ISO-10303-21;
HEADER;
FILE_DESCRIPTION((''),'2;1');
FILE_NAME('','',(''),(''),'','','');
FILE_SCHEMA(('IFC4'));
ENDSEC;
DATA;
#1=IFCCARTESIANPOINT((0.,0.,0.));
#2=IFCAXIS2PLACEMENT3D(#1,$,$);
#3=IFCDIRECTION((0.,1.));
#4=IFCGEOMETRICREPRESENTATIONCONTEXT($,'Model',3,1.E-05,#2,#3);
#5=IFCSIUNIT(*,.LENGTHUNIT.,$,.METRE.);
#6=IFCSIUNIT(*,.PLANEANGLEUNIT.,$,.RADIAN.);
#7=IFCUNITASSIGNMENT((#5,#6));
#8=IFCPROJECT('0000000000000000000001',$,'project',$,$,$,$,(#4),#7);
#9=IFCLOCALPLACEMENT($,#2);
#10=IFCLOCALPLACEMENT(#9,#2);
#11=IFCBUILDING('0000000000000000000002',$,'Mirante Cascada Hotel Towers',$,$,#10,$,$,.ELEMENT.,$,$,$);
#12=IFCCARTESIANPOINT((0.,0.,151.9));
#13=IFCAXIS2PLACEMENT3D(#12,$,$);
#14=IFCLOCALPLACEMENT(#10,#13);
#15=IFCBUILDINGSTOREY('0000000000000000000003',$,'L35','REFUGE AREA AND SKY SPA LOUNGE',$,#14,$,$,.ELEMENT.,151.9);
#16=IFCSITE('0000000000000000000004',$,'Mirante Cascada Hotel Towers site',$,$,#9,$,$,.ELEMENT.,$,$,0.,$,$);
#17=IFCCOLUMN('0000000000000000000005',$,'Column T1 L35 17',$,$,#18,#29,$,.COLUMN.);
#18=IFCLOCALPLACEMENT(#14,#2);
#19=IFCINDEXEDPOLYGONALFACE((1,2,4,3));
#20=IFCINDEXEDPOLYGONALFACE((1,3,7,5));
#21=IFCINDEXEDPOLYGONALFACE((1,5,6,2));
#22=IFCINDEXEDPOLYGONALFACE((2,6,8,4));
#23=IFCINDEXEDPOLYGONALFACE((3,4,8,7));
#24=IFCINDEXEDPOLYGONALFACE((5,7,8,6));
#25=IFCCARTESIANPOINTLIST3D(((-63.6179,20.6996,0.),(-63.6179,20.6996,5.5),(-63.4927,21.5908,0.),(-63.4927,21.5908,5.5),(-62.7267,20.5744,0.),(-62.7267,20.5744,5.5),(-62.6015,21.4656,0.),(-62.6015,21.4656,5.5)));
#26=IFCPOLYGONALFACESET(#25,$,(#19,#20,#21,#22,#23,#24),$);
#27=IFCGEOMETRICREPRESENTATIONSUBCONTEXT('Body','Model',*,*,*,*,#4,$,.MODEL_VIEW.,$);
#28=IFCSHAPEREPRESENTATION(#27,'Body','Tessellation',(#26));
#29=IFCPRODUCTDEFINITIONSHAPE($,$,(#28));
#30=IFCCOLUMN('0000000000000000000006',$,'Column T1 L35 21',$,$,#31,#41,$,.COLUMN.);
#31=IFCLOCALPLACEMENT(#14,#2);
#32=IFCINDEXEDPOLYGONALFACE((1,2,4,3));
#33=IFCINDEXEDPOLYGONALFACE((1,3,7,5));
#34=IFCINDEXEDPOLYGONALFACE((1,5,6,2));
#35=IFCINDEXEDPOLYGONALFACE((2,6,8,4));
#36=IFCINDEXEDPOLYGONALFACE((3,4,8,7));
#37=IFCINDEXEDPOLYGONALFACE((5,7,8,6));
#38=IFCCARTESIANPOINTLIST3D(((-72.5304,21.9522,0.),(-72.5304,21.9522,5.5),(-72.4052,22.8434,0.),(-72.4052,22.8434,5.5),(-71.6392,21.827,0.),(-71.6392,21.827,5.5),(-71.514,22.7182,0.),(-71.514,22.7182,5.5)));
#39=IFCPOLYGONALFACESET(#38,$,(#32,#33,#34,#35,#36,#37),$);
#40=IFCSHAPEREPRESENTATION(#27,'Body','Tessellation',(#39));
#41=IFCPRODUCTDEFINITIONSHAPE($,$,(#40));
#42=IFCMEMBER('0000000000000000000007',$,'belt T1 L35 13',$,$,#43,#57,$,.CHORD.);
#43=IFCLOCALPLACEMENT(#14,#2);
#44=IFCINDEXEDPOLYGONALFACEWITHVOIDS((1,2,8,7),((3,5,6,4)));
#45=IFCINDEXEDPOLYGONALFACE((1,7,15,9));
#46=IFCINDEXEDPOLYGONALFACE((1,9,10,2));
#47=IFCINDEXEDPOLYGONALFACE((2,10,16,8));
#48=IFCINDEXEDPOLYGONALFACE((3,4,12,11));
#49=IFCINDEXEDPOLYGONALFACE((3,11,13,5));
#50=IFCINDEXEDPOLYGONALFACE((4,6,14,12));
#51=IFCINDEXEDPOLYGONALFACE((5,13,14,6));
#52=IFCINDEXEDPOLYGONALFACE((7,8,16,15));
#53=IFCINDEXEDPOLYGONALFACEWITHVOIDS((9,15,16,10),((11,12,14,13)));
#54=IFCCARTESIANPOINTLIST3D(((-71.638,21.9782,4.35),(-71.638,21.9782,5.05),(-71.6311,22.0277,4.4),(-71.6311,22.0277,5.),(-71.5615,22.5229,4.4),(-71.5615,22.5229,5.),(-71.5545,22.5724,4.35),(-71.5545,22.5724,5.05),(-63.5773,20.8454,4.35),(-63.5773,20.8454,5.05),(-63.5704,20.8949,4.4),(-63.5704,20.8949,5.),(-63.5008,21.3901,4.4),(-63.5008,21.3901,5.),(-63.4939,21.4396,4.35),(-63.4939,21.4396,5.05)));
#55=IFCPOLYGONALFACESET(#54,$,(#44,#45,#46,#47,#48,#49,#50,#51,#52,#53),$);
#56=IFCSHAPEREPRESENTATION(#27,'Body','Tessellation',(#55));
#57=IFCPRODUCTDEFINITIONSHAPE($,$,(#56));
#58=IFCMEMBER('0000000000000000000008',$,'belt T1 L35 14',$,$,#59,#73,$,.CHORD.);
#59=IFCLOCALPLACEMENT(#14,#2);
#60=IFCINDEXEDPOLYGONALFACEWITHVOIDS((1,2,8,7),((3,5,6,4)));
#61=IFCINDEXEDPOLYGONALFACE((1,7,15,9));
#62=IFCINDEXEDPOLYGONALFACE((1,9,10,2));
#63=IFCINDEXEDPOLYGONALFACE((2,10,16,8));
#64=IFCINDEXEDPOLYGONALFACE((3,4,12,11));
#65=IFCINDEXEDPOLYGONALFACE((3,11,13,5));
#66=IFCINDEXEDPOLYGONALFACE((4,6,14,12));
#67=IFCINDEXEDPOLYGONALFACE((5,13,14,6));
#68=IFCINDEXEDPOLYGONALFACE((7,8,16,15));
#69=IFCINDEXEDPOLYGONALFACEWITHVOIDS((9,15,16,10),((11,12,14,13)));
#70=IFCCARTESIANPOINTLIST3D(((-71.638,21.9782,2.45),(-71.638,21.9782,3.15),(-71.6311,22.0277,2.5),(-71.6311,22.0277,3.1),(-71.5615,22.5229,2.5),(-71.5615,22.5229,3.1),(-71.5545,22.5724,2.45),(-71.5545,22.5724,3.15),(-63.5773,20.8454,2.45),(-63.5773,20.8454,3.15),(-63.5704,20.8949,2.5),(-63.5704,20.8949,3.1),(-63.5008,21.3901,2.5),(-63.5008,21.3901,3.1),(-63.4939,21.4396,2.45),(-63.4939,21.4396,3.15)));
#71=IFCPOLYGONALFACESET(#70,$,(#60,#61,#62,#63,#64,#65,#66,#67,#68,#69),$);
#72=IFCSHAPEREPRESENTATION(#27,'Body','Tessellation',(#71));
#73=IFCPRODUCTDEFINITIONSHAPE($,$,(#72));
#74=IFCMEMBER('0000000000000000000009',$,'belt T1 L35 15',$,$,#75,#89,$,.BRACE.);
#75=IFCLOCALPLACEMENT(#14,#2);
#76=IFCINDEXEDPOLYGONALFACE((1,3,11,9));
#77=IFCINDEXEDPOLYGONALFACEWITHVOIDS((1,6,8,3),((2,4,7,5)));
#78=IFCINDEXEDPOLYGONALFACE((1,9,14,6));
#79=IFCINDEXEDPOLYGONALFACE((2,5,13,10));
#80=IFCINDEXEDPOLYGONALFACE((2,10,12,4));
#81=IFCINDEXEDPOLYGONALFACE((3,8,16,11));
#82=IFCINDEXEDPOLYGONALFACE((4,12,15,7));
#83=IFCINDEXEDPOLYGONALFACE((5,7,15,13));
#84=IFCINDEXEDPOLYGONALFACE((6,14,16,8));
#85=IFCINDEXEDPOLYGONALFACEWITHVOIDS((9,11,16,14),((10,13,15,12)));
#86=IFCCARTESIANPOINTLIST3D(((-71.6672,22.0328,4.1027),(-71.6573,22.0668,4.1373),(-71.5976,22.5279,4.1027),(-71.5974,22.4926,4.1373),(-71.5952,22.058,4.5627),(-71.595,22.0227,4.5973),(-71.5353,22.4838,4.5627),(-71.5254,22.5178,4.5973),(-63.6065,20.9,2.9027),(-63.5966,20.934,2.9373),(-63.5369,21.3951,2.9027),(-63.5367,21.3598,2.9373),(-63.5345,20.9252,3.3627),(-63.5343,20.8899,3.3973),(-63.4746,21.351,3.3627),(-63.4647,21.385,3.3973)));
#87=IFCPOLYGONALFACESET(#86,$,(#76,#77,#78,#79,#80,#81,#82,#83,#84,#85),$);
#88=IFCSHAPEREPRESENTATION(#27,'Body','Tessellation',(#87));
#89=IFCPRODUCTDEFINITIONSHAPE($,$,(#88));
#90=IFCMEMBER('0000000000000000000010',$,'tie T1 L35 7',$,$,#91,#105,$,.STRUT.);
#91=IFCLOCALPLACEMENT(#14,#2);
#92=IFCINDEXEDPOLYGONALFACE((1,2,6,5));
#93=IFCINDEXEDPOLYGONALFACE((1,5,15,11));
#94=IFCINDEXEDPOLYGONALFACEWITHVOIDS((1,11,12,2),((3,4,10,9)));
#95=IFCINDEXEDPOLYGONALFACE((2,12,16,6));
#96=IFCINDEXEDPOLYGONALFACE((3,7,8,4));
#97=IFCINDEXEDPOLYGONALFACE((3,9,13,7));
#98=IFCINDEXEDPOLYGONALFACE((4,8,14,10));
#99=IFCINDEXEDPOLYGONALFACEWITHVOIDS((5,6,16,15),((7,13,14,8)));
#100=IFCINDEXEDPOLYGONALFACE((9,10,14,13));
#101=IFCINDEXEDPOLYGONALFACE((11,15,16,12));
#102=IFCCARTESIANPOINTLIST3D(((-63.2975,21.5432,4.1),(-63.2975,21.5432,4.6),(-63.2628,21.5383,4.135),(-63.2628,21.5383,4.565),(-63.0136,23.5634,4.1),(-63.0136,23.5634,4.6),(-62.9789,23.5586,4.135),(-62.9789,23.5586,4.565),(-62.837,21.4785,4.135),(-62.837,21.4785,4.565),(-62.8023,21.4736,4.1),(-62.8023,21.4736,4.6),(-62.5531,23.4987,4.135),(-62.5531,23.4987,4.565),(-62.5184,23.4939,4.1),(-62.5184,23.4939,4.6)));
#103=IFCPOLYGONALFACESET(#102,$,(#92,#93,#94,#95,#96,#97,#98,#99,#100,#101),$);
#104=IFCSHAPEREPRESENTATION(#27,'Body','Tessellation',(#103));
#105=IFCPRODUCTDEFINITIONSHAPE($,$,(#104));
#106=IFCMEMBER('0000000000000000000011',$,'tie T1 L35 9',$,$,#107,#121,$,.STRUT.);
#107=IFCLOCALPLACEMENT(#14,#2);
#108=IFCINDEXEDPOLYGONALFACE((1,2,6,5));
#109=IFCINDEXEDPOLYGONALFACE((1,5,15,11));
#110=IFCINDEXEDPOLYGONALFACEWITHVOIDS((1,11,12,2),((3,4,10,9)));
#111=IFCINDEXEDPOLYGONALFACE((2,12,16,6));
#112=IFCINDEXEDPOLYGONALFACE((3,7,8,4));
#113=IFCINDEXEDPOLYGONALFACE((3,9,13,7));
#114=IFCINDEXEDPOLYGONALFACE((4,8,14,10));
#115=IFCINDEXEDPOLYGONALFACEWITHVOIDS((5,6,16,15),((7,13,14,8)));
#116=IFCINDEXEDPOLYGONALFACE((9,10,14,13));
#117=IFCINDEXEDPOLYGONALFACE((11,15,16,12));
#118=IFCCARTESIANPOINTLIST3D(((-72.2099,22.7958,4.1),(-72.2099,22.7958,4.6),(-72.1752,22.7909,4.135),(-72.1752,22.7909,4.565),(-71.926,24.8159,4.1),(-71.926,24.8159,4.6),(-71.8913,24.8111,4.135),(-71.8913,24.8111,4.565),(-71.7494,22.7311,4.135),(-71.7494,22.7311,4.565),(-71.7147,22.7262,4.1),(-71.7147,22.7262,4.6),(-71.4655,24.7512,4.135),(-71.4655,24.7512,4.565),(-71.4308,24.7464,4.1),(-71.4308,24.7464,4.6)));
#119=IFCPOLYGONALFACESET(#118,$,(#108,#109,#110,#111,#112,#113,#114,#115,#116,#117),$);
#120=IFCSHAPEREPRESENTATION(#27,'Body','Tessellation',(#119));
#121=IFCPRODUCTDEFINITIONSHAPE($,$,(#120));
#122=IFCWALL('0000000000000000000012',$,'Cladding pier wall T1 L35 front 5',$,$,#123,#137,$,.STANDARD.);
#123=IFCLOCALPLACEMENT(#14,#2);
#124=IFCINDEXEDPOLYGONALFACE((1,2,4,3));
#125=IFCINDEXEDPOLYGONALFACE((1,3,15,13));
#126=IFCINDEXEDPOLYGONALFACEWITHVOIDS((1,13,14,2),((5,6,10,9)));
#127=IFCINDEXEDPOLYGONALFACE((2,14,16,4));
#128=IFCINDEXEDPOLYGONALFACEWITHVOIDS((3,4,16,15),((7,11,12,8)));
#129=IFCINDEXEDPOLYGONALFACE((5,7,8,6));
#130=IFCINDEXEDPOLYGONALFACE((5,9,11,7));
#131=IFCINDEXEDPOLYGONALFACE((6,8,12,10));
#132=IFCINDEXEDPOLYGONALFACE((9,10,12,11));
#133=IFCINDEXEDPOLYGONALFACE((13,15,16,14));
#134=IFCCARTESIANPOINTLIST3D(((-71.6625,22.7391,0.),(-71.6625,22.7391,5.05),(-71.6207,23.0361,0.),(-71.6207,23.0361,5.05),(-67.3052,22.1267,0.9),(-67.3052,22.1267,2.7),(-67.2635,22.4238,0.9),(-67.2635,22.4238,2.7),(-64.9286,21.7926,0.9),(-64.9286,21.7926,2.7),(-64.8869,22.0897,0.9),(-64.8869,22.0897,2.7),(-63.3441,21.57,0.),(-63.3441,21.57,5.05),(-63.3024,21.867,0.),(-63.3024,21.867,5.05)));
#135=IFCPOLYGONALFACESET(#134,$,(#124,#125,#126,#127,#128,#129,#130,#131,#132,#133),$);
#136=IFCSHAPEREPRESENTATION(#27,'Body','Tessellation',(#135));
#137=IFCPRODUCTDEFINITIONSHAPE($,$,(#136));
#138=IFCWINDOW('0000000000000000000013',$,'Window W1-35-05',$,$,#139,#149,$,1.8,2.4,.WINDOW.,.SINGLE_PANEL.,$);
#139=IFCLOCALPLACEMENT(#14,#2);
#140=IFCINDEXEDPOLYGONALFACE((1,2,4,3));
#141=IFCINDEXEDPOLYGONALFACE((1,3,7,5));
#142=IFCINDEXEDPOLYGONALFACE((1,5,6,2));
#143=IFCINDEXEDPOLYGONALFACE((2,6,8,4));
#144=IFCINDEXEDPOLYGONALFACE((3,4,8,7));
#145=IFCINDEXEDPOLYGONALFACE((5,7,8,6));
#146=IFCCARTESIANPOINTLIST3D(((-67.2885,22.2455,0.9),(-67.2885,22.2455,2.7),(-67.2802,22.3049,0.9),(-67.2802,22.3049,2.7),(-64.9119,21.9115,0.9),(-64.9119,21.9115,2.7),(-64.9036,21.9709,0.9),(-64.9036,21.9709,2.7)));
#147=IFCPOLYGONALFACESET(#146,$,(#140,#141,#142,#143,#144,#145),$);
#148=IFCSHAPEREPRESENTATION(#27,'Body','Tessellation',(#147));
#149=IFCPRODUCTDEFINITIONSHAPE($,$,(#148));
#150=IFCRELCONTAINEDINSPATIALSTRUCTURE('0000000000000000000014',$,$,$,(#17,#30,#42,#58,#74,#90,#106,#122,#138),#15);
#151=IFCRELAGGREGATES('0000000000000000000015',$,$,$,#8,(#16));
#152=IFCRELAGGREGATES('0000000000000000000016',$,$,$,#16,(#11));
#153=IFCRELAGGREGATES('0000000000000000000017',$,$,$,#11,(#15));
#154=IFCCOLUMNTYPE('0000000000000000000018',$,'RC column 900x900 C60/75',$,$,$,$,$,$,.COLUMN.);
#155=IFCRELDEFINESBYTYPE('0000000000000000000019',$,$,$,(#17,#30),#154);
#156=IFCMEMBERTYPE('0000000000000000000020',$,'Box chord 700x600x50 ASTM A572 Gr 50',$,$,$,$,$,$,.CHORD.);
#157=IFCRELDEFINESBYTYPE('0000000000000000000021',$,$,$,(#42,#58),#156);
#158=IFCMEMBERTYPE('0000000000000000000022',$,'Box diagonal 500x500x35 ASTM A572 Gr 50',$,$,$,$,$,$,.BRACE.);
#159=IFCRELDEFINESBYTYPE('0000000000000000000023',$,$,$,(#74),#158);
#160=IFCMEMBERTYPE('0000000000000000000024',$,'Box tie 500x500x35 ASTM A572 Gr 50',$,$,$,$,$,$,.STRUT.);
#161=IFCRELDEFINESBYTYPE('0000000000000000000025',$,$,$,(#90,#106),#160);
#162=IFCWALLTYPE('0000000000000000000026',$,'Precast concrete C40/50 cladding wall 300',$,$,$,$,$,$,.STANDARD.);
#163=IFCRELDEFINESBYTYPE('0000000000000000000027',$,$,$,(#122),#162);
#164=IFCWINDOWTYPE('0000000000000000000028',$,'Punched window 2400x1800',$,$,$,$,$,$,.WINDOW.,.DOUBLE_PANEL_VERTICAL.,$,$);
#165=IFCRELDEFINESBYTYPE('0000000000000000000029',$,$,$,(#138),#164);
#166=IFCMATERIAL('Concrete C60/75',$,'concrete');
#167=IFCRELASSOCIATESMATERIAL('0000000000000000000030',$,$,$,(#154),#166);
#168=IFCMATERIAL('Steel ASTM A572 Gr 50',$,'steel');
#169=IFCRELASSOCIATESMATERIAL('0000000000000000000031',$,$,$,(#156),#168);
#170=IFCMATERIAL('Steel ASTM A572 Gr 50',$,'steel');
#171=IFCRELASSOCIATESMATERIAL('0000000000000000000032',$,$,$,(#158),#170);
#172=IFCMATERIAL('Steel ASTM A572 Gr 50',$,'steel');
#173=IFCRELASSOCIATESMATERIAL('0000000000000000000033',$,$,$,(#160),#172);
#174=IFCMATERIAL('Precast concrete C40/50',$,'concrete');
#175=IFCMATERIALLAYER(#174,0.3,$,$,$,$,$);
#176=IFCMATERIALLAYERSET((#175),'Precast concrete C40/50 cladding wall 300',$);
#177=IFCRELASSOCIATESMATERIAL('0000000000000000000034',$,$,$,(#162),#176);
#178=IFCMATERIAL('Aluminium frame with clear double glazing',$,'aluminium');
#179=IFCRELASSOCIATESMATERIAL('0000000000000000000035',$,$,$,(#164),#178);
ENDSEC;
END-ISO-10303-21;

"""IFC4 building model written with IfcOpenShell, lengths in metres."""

from ifc_helpers import new_model, si_unit, direction, frame, frame_2d, origin, origin_2d, place, context, subcontext, project, spatial, rectangle, hollow_rectangle, extrude, material, layer, layer_set, material_profile, profile_set, type_object, element, fill, save


model = new_model("IFC4")

# Units and contexts
model_context = context("Model", 3, precision=1e-05, world=origin(), true_north=direction((0.0, 1.0)))
body_context = subcontext(model_context, "Body", "Model", "MODEL_VIEW")
ifc_project = project(units=[si_unit("LENGTHUNIT", "METRE"), si_unit("PLANEANGLEUNIT", "RADIAN")], contexts=[model_context])

# Site, building, storey
site_placement = place(None, origin())
site = spatial("IfcSite", under=ifc_project, at=site_placement, Name="Mirante Cascada Hotel Towers site", CompositionType="ELEMENT", RefElevation=0.0)
building_placement = place(site_placement, origin())
building = spatial("IfcBuilding", under=site, at=building_placement, Name="Mirante Cascada Hotel Towers", CompositionType="ELEMENT")
storey_placement = place(building_placement, frame((0.0, 0.0, 151.9)))
storey = spatial("IfcBuildingStorey", under=building, at=storey_placement, Name="L35", Description="REFUGE AREA AND SKY SPA LOUNGE", CompositionType="ELEMENT", Elevation=151.9)

# Columns
ifc_material_1 = material(Name="Concrete C60/75", Category="concrete")
ifc_material_profile_1 = material_profile(ifc_material_1, rectangle(XDim=0.9, YDim=0.9, at=origin_2d()), Name="RC column 900x900 C60/75")
ifc_profile_set_1 = profile_set([ifc_material_profile_1], Name="Concrete C60/75")
column_type = type_object("IfcColumnType", Name="RC column 900x900 C60/75", PredefinedType="COLUMN", material=ifc_profile_set_1)
for number, where, z_axis, x_axis, name in (
    (1, (-63.1097, 21.0826, 0.0), (0.0, 0.0, 1.0), (-0.990268, 0.139173, 0.0), "Column T1 L35 17"),
    (2, (-72.0222, 22.3352, 0.0), (0.0, 0.0, 1.0), (-0.990268, 0.139173, 0.0), "Column T1 L35 21"),
):
    element("IfcColumn", number, at=place(storey_placement, frame(where, z_axis=z_axis, x_axis=x_axis)), inside=storey, type_object=column_type, Name=name, PredefinedType="COLUMN", context=body_context, shape_type="SweptSolid", body=[
        extrude(rectangle(XDim=0.9, YDim=0.9, at=origin_2d()), origin(), (0.0, 0.0, 1.0), 5.5),
    ])

# Members
ifc_material_2 = material(Name="Steel ASTM A572 Gr 50", Category="steel")
ifc_material_profile_2 = material_profile(ifc_material_2, hollow_rectangle(XDim=0.6, YDim=0.7, WallThickness=0.05, at=origin_2d()), Name="Box chord 700x600x50 ASTM A572 Gr 50")
ifc_profile_set_2 = profile_set([ifc_material_profile_2], Name="Steel ASTM A572 Gr 50")
member_type_1 = type_object("IfcMemberType", Name="Box chord 700x600x50 ASTM A572 Gr 50", PredefinedType="CHORD", material=ifc_profile_set_2)
for number, where, z_axis, x_axis, name in (
    (3, (-63.5356, 21.1425, 4.7), (-0.990269, 0.139166, 0.0), (-0.139166, -0.990269, 0.0), "belt T1 L35 13"),
    (4, (-63.5356, 21.1425, 2.8), (-0.990269, 0.139166, 0.0), (-0.139166, -0.990269, 0.0), "belt T1 L35 14"),
):
    element("IfcMember", number, at=place(storey_placement, frame(where, z_axis=z_axis, x_axis=x_axis)), inside=storey, type_object=member_type_1, Name=name, PredefinedType="CHORD", context=body_context, shape_type="SweptSolid", body=[
        extrude(hollow_rectangle(XDim=0.6, YDim=0.7, WallThickness=0.05, at=origin_2d()), origin(), (0.0, 0.0, 1.0), 8.1399),
    ])
ifc_material_3 = material(Name="Steel ASTM A572 Gr 50", Category="steel")
ifc_material_profile_3 = material_profile(ifc_material_3, hollow_rectangle(XDim=0.5, YDim=0.5, WallThickness=0.035, at=origin_2d()), Name="Box diagonal 500x500x35 ASTM A572 Gr 50")
ifc_profile_set_3 = profile_set([ifc_material_profile_3], Name="Steel ASTM A572 Gr 50")
member_type_2 = type_object("IfcMemberType", Name="Box diagonal 500x500x35 ASTM A572 Gr 50", PredefinedType="BRACE", material=ifc_profile_set_3)
member_1_placement = place(storey_placement, frame((-63.5356, 21.1425, 3.15), z_axis=(-0.97968, 0.137678, 0.145845), x_axis=(-0.139166, -0.990269, 0.0)))
element("IfcMember", 5, at=member_1_placement, inside=storey, type_object=member_type_2, Name="belt T1 L35 15", PredefinedType="BRACE", context=body_context, shape_type="SweptSolid", body=[
    extrude(hollow_rectangle(XDim=0.5, YDim=0.5, WallThickness=0.035, at=origin_2d()), origin(), (0.0, 0.0, 1.0), 8.2279),
])
ifc_material_4 = material(Name="Steel ASTM A572 Gr 50", Category="steel")
ifc_material_profile_4 = material_profile(ifc_material_4, hollow_rectangle(XDim=0.5, YDim=0.5, WallThickness=0.035, at=origin_2d()), Name="Box tie 500x500x35 ASTM A572 Gr 50")
ifc_profile_set_4 = profile_set([ifc_material_profile_4], Name="Steel ASTM A572 Gr 50")
member_type_3 = type_object("IfcMemberType", Name="Box tie 500x500x35 ASTM A572 Gr 50", PredefinedType="STRUT", material=ifc_profile_set_4)
member_2_placement = place(storey_placement, frame((-63.0499, 21.5084, 4.35), z_axis=(0.139163, 0.99027, 0.0), x_axis=(-0.99027, 0.139163, 0.0)))
element("IfcMember", 6, at=member_2_placement, inside=storey, type_object=member_type_3, Name="tie T1 L35 7", PredefinedType="STRUT", context=body_context, shape_type="SweptSolid", body=[
    extrude(hollow_rectangle(XDim=0.5, YDim=0.5, WallThickness=0.035, at=origin_2d()), origin(), (0.0, 0.0, 1.0), 2.0401),
])
member_3_placement = place(storey_placement, frame((-71.9623, 22.761, 4.35), z_axis=(0.13917, 0.990268, 0.0), x_axis=(-0.990268, 0.13917, 0.0)))
element("IfcMember", 7, at=member_3_placement, inside=storey, type_object=member_type_3, Name="tie T1 L35 9", PredefinedType="STRUT", context=body_context, shape_type="SweptSolid", body=[
    extrude(hollow_rectangle(XDim=0.5, YDim=0.5, WallThickness=0.035, at=origin_2d()), origin(), (0.0, 0.0, 1.0), 2.04),
])

# Wall, opening, window
ifc_material_5 = material(Name="Precast concrete C40/50", Category="concrete")
ifc_layer_1 = layer(ifc_material_5, 0.3)
ifc_layer_set_1 = layer_set([ifc_layer_1], Name="Precast concrete C40/50 cladding wall 300")
wall_type_1 = type_object("IfcWallType", Name="Precast concrete C40/50 cladding wall 300", PredefinedType="STANDARD", material=ifc_layer_set_1)
wall_1_placement = place(storey_placement, frame((-63.3233, 21.7185, 0.0), z_axis=(0.0, 0.0, 1.0), x_axis=(-0.990267, 0.139178, 0.0)))
wall_1 = element("IfcWall", 8, at=wall_1_placement, inside=storey, type_object=wall_type_1, Name="Cladding pier wall T1 L35 front 5", PredefinedType="STANDARD", context=body_context, shape_type="SweptSolid", body=[
    extrude(rectangle(XDim=8.4001, YDim=0.3, at=frame_2d((4.2, 0.0))), origin(), (0.0, 0.0, 1.0), 5.05),
])
opening_1_placement = place(wall_1_placement, frame((1.6, 0.0, 0.9)))
opening_1 = element("IfcOpeningElement", 9, at=opening_1_placement, cuts=wall_1, PredefinedType="OPENING", context=body_context, shape_type="SweptSolid", body=[
    extrude(rectangle(XDim=2.4, YDim=1.8, at=frame_2d((1.2, 0.9))), frame((0.0, 0.15, 0.0), z_axis=(0.0, -1.0, 0.0), x_axis=(1.0, 0.0, 0.0)), (0.0, 0.0, 1.0), 0.3),
])
ifc_material_6 = material(Name="Aluminium frame with clear double glazing", Category="aluminium")
window_type = type_object("IfcWindowType", Name="Punched window 2400x1800", PartitioningType="DOUBLE_PANEL_VERTICAL", PredefinedType="WINDOW", material=ifc_material_6)
window_placement = place(opening_1_placement, origin())
window = element("IfcWindow", 10, at=window_placement, inside=storey, type_object=window_type, Name="Window W1-35-05", OverallHeight=1.8, OverallWidth=2.4, PartitioningType="SINGLE_PANEL", PredefinedType="WINDOW", context=body_context, shape_type="SweptSolid", body=[
    extrude(rectangle(XDim=2.4, YDim=1.8, at=frame_2d((1.2, 0.9))), frame((0.0, 0.03, 0.0), z_axis=(0.0, -1.0, 0.0), x_axis=(1.0, 0.0, 0.0)), (0.0, 0.0, 1.0), 0.06),
])
fill(opening_1, window)

save(model, "model.ifc")
